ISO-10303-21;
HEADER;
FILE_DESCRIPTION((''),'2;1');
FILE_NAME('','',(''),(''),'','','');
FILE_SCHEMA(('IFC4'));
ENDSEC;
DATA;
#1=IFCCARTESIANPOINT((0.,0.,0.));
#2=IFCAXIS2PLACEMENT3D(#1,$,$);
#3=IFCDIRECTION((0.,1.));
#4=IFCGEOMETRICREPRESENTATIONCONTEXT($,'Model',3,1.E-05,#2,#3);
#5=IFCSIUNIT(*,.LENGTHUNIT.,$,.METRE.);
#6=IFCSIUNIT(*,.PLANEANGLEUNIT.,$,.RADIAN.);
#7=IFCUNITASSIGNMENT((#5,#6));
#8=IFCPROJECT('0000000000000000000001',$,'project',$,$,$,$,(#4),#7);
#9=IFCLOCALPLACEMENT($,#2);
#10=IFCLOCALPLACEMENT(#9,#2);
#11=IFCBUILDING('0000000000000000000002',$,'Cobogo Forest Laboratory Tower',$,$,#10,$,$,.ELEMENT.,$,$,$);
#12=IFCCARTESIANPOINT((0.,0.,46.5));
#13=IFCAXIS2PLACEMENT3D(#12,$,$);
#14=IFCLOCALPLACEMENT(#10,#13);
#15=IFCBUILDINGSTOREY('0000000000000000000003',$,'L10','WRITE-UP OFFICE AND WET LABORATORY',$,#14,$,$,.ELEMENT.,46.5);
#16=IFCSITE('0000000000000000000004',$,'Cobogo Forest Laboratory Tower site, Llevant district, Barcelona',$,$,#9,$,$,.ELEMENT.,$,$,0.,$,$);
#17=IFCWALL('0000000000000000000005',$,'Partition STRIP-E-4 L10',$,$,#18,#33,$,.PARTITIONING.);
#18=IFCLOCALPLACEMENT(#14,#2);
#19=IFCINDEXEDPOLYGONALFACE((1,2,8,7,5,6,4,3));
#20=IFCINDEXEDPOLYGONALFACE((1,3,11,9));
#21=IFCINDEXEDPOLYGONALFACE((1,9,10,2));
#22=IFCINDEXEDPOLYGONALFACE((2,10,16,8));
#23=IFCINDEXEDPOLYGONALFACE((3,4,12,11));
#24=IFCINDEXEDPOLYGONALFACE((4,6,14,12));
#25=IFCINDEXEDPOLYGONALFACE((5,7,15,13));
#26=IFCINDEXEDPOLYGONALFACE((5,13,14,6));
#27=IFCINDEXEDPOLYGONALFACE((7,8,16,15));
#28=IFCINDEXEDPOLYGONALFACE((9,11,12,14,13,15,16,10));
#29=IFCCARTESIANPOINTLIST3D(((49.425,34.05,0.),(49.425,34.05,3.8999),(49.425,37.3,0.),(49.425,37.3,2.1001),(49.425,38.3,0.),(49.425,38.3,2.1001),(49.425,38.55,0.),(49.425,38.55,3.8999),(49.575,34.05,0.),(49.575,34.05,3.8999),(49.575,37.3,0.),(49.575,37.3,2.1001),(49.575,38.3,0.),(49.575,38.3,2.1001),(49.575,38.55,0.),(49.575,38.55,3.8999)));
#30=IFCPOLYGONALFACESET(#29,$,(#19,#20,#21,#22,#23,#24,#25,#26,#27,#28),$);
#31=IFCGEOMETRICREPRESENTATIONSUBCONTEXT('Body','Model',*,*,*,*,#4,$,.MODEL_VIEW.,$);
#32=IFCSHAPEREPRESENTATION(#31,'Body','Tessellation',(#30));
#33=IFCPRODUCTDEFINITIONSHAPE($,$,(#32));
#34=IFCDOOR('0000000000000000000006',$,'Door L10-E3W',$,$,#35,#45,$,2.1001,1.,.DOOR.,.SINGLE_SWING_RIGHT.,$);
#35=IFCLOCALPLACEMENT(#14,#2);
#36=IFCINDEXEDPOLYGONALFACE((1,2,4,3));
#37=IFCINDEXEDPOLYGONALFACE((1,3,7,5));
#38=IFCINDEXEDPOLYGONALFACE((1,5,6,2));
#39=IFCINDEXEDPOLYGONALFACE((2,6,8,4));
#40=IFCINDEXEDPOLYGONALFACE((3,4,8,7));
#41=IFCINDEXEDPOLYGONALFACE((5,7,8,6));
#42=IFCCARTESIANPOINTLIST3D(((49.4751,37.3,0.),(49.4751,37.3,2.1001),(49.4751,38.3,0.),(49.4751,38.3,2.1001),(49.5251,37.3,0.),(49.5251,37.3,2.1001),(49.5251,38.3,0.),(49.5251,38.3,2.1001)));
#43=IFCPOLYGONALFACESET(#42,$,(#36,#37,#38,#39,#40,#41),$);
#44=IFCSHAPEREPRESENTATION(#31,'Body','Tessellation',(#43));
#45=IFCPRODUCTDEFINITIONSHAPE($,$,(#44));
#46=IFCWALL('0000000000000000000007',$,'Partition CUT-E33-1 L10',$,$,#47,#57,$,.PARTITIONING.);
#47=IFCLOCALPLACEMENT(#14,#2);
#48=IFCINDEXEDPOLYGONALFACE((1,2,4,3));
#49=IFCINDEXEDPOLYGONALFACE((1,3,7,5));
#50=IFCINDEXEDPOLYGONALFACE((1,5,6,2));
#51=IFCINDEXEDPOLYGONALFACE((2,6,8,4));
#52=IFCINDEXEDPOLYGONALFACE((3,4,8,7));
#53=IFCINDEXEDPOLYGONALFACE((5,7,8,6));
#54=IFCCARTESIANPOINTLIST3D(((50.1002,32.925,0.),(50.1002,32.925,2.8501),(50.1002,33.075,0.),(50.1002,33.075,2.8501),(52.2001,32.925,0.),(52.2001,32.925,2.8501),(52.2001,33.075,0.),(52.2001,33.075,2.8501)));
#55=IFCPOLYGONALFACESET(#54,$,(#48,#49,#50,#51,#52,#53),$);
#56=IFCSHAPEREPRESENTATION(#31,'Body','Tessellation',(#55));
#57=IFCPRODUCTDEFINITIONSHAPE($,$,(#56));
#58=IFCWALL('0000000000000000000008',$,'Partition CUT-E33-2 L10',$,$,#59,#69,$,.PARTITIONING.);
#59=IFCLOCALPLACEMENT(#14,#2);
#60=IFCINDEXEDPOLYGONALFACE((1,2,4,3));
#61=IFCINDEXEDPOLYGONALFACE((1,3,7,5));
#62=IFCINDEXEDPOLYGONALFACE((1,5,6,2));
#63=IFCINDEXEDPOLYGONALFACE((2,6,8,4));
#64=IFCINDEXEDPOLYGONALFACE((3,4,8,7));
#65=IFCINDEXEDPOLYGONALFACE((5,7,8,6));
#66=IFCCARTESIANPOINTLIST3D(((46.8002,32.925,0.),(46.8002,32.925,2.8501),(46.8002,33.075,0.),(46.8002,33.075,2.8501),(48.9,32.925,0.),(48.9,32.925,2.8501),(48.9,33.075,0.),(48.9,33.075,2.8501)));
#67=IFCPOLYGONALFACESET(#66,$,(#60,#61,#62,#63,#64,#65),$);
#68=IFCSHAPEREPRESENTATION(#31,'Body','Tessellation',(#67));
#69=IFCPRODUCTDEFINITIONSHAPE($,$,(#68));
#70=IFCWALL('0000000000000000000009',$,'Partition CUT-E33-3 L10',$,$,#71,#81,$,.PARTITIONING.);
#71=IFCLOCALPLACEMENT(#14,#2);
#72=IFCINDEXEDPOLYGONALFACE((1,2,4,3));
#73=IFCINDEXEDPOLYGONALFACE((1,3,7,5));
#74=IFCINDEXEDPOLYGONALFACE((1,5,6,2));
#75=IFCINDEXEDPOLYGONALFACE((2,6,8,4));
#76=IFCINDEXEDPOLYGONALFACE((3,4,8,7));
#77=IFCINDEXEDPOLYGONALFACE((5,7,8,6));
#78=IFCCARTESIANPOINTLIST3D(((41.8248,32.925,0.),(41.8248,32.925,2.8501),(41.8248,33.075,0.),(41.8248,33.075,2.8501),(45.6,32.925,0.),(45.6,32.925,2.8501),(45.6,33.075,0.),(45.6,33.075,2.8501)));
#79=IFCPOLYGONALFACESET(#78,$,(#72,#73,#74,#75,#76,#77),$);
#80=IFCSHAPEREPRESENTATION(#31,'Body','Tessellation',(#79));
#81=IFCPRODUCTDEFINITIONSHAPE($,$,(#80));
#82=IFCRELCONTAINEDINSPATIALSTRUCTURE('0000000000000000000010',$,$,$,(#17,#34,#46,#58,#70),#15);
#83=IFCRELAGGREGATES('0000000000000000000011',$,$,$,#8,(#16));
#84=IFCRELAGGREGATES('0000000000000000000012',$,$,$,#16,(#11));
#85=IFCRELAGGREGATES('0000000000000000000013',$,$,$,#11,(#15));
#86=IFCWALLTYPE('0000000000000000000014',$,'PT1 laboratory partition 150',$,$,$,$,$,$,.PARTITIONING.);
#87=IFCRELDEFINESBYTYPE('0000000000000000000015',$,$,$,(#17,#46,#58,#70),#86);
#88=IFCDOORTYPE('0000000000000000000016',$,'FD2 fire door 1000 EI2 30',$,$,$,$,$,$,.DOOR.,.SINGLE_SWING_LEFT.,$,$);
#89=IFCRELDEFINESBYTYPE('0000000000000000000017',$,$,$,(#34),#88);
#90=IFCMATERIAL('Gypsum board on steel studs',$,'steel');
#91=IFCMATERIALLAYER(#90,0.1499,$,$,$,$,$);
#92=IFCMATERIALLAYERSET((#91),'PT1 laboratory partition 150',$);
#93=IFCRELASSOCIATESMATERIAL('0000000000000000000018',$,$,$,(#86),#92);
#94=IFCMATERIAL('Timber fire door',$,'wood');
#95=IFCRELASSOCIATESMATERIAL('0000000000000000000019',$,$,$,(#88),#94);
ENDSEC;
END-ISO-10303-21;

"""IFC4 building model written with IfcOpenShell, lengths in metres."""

from ifc_helpers import new_model, si_unit, direction, frame, frame_2d, origin, place, context, subcontext, project, spatial, rectangle, extrude, material, layer, layer_set, type_object, element, fill, save


model = new_model("IFC4")

# Units and contexts
model_context = context("Model", 3, precision=1e-05, world=origin(), true_north=direction((0.0, 1.0)))
body_context = subcontext(model_context, "Body", "Model", "MODEL_VIEW")
ifc_project = project(units=[si_unit("LENGTHUNIT", "METRE"), si_unit("PLANEANGLEUNIT", "RADIAN")], contexts=[model_context])

# Site, building, storey
site_placement = place(None, origin())
site = spatial("IfcSite", under=ifc_project, at=site_placement, Name="Cobogo Forest Laboratory Tower site, Llevant district, Barcelona", CompositionType="ELEMENT", RefElevation=0.0)
building_placement = place(site_placement, origin())
building = spatial("IfcBuilding", under=site, at=building_placement, Name="Cobogo Forest Laboratory Tower", CompositionType="ELEMENT")
storey_placement = place(building_placement, frame((0.0, 0.0, 46.5)))
storey = spatial("IfcBuildingStorey", under=building, at=storey_placement, Name="L10", Description="WRITE-UP OFFICE AND WET LABORATORY", CompositionType="ELEMENT", Elevation=46.5)

# Wall, opening, door
ifc_material_1 = material(Name="Gypsum board on steel studs", Category="steel")
ifc_layer_1 = layer(ifc_material_1, 0.1499)
ifc_layer_set_1 = layer_set([ifc_layer_1], Name="PT1 laboratory partition 150")
wall_type = type_object("IfcWallType", Name="PT1 laboratory partition 150", PredefinedType="PARTITIONING", material=ifc_layer_set_1)
wall_1_placement = place(storey_placement, frame((49.5, 34.05, 0.0), z_axis=(0.0, 0.0, 1.0), x_axis=(0.0, 1.0, 0.0)))
wall_1 = element("IfcWall", 1, at=wall_1_placement, inside=storey, type_object=wall_type, Name="Partition STRIP-E-4 L10", PredefinedType="PARTITIONING", context=body_context, shape_type="SweptSolid", body=[
    extrude(rectangle(XDim=4.5, YDim=0.1499, at=frame_2d((2.25, 0.0))), origin(), (0.0, 0.0, 1.0), 3.8999),
])
opening_placement = place(wall_1_placement, frame((3.25, 0.0, 0.0)))
opening = element("IfcOpeningElement", 2, at=opening_placement, cuts=wall_1, PredefinedType="OPENING", context=body_context, shape_type="SweptSolid", body=[
    extrude(rectangle(XDim=1.0, YDim=2.1001, at=frame_2d((0.5, 1.05))), frame((0.0, 0.085, 0.0), z_axis=(0.0, -1.0, 0.0), x_axis=(1.0, 0.0, 0.0)), (0.0, 0.0, 1.0), 0.1699),
])
ifc_material_2 = material(Name="Timber fire door", Category="wood")
door_type = type_object("IfcDoorType", Name="FD2 fire door 1000 EI2 30", OperationType="SINGLE_SWING_LEFT", PredefinedType="DOOR", material=ifc_material_2)
door_placement = place(opening_placement, origin())
door = element("IfcDoor", 3, at=door_placement, inside=storey, type_object=door_type, Name="Door L10-E3W", OperationType="SINGLE_SWING_RIGHT", OverallHeight=2.1001, OverallWidth=1.0, PredefinedType="DOOR", context=body_context, shape_type="SweptSolid", body=[
    extrude(rectangle(XDim=1.0, YDim=2.1001, at=frame_2d((0.5, 1.05))), frame((0.0, 0.0249, 0.0), z_axis=(0.0, -1.0, 0.0), x_axis=(1.0, 0.0, 0.0)), (0.0, 0.0, 1.0), 0.05),
])
fill(opening, door)

# Walls
for number, where, z_axis, x_axis, name in (
    (4, (52.2, 33.0, 0.0), (0.0, 0.0, 1.0), (-1.0, 0.0, 0.0), "Partition CUT-E33-1 L10"),
    (5, (48.8999, 33.0, 0.0), (0.0, 0.0, 1.0), (-1.0, 0.0, 0.0), "Partition CUT-E33-2 L10"),
):
    element("IfcWall", number, at=place(storey_placement, frame(where, z_axis=z_axis, x_axis=x_axis)), inside=storey, type_object=wall_type, Name=name, PredefinedType="PARTITIONING", context=body_context, shape_type="SweptSolid", body=[
        extrude(rectangle(XDim=2.0999, YDim=0.1499, at=frame_2d((1.0498, 0.0))), origin(), (0.0, 0.0, 1.0), 2.8501),
    ])
wall_2_placement = place(storey_placement, frame((45.6001, 33.0, 0.0), z_axis=(0.0, 0.0, 1.0), x_axis=(-1.0, 0.0, 0.0)))
element("IfcWall", 6, at=wall_2_placement, inside=storey, type_object=wall_type, Name="Partition CUT-E33-3 L10", PredefinedType="PARTITIONING", context=body_context, shape_type="SweptSolid", body=[
    extrude(rectangle(XDim=3.7751, YDim=0.1499, at=frame_2d((1.8877, 0.0))), origin(), (0.0, 0.0, 1.0), 2.8501),
])

save(model, "model.ifc")
